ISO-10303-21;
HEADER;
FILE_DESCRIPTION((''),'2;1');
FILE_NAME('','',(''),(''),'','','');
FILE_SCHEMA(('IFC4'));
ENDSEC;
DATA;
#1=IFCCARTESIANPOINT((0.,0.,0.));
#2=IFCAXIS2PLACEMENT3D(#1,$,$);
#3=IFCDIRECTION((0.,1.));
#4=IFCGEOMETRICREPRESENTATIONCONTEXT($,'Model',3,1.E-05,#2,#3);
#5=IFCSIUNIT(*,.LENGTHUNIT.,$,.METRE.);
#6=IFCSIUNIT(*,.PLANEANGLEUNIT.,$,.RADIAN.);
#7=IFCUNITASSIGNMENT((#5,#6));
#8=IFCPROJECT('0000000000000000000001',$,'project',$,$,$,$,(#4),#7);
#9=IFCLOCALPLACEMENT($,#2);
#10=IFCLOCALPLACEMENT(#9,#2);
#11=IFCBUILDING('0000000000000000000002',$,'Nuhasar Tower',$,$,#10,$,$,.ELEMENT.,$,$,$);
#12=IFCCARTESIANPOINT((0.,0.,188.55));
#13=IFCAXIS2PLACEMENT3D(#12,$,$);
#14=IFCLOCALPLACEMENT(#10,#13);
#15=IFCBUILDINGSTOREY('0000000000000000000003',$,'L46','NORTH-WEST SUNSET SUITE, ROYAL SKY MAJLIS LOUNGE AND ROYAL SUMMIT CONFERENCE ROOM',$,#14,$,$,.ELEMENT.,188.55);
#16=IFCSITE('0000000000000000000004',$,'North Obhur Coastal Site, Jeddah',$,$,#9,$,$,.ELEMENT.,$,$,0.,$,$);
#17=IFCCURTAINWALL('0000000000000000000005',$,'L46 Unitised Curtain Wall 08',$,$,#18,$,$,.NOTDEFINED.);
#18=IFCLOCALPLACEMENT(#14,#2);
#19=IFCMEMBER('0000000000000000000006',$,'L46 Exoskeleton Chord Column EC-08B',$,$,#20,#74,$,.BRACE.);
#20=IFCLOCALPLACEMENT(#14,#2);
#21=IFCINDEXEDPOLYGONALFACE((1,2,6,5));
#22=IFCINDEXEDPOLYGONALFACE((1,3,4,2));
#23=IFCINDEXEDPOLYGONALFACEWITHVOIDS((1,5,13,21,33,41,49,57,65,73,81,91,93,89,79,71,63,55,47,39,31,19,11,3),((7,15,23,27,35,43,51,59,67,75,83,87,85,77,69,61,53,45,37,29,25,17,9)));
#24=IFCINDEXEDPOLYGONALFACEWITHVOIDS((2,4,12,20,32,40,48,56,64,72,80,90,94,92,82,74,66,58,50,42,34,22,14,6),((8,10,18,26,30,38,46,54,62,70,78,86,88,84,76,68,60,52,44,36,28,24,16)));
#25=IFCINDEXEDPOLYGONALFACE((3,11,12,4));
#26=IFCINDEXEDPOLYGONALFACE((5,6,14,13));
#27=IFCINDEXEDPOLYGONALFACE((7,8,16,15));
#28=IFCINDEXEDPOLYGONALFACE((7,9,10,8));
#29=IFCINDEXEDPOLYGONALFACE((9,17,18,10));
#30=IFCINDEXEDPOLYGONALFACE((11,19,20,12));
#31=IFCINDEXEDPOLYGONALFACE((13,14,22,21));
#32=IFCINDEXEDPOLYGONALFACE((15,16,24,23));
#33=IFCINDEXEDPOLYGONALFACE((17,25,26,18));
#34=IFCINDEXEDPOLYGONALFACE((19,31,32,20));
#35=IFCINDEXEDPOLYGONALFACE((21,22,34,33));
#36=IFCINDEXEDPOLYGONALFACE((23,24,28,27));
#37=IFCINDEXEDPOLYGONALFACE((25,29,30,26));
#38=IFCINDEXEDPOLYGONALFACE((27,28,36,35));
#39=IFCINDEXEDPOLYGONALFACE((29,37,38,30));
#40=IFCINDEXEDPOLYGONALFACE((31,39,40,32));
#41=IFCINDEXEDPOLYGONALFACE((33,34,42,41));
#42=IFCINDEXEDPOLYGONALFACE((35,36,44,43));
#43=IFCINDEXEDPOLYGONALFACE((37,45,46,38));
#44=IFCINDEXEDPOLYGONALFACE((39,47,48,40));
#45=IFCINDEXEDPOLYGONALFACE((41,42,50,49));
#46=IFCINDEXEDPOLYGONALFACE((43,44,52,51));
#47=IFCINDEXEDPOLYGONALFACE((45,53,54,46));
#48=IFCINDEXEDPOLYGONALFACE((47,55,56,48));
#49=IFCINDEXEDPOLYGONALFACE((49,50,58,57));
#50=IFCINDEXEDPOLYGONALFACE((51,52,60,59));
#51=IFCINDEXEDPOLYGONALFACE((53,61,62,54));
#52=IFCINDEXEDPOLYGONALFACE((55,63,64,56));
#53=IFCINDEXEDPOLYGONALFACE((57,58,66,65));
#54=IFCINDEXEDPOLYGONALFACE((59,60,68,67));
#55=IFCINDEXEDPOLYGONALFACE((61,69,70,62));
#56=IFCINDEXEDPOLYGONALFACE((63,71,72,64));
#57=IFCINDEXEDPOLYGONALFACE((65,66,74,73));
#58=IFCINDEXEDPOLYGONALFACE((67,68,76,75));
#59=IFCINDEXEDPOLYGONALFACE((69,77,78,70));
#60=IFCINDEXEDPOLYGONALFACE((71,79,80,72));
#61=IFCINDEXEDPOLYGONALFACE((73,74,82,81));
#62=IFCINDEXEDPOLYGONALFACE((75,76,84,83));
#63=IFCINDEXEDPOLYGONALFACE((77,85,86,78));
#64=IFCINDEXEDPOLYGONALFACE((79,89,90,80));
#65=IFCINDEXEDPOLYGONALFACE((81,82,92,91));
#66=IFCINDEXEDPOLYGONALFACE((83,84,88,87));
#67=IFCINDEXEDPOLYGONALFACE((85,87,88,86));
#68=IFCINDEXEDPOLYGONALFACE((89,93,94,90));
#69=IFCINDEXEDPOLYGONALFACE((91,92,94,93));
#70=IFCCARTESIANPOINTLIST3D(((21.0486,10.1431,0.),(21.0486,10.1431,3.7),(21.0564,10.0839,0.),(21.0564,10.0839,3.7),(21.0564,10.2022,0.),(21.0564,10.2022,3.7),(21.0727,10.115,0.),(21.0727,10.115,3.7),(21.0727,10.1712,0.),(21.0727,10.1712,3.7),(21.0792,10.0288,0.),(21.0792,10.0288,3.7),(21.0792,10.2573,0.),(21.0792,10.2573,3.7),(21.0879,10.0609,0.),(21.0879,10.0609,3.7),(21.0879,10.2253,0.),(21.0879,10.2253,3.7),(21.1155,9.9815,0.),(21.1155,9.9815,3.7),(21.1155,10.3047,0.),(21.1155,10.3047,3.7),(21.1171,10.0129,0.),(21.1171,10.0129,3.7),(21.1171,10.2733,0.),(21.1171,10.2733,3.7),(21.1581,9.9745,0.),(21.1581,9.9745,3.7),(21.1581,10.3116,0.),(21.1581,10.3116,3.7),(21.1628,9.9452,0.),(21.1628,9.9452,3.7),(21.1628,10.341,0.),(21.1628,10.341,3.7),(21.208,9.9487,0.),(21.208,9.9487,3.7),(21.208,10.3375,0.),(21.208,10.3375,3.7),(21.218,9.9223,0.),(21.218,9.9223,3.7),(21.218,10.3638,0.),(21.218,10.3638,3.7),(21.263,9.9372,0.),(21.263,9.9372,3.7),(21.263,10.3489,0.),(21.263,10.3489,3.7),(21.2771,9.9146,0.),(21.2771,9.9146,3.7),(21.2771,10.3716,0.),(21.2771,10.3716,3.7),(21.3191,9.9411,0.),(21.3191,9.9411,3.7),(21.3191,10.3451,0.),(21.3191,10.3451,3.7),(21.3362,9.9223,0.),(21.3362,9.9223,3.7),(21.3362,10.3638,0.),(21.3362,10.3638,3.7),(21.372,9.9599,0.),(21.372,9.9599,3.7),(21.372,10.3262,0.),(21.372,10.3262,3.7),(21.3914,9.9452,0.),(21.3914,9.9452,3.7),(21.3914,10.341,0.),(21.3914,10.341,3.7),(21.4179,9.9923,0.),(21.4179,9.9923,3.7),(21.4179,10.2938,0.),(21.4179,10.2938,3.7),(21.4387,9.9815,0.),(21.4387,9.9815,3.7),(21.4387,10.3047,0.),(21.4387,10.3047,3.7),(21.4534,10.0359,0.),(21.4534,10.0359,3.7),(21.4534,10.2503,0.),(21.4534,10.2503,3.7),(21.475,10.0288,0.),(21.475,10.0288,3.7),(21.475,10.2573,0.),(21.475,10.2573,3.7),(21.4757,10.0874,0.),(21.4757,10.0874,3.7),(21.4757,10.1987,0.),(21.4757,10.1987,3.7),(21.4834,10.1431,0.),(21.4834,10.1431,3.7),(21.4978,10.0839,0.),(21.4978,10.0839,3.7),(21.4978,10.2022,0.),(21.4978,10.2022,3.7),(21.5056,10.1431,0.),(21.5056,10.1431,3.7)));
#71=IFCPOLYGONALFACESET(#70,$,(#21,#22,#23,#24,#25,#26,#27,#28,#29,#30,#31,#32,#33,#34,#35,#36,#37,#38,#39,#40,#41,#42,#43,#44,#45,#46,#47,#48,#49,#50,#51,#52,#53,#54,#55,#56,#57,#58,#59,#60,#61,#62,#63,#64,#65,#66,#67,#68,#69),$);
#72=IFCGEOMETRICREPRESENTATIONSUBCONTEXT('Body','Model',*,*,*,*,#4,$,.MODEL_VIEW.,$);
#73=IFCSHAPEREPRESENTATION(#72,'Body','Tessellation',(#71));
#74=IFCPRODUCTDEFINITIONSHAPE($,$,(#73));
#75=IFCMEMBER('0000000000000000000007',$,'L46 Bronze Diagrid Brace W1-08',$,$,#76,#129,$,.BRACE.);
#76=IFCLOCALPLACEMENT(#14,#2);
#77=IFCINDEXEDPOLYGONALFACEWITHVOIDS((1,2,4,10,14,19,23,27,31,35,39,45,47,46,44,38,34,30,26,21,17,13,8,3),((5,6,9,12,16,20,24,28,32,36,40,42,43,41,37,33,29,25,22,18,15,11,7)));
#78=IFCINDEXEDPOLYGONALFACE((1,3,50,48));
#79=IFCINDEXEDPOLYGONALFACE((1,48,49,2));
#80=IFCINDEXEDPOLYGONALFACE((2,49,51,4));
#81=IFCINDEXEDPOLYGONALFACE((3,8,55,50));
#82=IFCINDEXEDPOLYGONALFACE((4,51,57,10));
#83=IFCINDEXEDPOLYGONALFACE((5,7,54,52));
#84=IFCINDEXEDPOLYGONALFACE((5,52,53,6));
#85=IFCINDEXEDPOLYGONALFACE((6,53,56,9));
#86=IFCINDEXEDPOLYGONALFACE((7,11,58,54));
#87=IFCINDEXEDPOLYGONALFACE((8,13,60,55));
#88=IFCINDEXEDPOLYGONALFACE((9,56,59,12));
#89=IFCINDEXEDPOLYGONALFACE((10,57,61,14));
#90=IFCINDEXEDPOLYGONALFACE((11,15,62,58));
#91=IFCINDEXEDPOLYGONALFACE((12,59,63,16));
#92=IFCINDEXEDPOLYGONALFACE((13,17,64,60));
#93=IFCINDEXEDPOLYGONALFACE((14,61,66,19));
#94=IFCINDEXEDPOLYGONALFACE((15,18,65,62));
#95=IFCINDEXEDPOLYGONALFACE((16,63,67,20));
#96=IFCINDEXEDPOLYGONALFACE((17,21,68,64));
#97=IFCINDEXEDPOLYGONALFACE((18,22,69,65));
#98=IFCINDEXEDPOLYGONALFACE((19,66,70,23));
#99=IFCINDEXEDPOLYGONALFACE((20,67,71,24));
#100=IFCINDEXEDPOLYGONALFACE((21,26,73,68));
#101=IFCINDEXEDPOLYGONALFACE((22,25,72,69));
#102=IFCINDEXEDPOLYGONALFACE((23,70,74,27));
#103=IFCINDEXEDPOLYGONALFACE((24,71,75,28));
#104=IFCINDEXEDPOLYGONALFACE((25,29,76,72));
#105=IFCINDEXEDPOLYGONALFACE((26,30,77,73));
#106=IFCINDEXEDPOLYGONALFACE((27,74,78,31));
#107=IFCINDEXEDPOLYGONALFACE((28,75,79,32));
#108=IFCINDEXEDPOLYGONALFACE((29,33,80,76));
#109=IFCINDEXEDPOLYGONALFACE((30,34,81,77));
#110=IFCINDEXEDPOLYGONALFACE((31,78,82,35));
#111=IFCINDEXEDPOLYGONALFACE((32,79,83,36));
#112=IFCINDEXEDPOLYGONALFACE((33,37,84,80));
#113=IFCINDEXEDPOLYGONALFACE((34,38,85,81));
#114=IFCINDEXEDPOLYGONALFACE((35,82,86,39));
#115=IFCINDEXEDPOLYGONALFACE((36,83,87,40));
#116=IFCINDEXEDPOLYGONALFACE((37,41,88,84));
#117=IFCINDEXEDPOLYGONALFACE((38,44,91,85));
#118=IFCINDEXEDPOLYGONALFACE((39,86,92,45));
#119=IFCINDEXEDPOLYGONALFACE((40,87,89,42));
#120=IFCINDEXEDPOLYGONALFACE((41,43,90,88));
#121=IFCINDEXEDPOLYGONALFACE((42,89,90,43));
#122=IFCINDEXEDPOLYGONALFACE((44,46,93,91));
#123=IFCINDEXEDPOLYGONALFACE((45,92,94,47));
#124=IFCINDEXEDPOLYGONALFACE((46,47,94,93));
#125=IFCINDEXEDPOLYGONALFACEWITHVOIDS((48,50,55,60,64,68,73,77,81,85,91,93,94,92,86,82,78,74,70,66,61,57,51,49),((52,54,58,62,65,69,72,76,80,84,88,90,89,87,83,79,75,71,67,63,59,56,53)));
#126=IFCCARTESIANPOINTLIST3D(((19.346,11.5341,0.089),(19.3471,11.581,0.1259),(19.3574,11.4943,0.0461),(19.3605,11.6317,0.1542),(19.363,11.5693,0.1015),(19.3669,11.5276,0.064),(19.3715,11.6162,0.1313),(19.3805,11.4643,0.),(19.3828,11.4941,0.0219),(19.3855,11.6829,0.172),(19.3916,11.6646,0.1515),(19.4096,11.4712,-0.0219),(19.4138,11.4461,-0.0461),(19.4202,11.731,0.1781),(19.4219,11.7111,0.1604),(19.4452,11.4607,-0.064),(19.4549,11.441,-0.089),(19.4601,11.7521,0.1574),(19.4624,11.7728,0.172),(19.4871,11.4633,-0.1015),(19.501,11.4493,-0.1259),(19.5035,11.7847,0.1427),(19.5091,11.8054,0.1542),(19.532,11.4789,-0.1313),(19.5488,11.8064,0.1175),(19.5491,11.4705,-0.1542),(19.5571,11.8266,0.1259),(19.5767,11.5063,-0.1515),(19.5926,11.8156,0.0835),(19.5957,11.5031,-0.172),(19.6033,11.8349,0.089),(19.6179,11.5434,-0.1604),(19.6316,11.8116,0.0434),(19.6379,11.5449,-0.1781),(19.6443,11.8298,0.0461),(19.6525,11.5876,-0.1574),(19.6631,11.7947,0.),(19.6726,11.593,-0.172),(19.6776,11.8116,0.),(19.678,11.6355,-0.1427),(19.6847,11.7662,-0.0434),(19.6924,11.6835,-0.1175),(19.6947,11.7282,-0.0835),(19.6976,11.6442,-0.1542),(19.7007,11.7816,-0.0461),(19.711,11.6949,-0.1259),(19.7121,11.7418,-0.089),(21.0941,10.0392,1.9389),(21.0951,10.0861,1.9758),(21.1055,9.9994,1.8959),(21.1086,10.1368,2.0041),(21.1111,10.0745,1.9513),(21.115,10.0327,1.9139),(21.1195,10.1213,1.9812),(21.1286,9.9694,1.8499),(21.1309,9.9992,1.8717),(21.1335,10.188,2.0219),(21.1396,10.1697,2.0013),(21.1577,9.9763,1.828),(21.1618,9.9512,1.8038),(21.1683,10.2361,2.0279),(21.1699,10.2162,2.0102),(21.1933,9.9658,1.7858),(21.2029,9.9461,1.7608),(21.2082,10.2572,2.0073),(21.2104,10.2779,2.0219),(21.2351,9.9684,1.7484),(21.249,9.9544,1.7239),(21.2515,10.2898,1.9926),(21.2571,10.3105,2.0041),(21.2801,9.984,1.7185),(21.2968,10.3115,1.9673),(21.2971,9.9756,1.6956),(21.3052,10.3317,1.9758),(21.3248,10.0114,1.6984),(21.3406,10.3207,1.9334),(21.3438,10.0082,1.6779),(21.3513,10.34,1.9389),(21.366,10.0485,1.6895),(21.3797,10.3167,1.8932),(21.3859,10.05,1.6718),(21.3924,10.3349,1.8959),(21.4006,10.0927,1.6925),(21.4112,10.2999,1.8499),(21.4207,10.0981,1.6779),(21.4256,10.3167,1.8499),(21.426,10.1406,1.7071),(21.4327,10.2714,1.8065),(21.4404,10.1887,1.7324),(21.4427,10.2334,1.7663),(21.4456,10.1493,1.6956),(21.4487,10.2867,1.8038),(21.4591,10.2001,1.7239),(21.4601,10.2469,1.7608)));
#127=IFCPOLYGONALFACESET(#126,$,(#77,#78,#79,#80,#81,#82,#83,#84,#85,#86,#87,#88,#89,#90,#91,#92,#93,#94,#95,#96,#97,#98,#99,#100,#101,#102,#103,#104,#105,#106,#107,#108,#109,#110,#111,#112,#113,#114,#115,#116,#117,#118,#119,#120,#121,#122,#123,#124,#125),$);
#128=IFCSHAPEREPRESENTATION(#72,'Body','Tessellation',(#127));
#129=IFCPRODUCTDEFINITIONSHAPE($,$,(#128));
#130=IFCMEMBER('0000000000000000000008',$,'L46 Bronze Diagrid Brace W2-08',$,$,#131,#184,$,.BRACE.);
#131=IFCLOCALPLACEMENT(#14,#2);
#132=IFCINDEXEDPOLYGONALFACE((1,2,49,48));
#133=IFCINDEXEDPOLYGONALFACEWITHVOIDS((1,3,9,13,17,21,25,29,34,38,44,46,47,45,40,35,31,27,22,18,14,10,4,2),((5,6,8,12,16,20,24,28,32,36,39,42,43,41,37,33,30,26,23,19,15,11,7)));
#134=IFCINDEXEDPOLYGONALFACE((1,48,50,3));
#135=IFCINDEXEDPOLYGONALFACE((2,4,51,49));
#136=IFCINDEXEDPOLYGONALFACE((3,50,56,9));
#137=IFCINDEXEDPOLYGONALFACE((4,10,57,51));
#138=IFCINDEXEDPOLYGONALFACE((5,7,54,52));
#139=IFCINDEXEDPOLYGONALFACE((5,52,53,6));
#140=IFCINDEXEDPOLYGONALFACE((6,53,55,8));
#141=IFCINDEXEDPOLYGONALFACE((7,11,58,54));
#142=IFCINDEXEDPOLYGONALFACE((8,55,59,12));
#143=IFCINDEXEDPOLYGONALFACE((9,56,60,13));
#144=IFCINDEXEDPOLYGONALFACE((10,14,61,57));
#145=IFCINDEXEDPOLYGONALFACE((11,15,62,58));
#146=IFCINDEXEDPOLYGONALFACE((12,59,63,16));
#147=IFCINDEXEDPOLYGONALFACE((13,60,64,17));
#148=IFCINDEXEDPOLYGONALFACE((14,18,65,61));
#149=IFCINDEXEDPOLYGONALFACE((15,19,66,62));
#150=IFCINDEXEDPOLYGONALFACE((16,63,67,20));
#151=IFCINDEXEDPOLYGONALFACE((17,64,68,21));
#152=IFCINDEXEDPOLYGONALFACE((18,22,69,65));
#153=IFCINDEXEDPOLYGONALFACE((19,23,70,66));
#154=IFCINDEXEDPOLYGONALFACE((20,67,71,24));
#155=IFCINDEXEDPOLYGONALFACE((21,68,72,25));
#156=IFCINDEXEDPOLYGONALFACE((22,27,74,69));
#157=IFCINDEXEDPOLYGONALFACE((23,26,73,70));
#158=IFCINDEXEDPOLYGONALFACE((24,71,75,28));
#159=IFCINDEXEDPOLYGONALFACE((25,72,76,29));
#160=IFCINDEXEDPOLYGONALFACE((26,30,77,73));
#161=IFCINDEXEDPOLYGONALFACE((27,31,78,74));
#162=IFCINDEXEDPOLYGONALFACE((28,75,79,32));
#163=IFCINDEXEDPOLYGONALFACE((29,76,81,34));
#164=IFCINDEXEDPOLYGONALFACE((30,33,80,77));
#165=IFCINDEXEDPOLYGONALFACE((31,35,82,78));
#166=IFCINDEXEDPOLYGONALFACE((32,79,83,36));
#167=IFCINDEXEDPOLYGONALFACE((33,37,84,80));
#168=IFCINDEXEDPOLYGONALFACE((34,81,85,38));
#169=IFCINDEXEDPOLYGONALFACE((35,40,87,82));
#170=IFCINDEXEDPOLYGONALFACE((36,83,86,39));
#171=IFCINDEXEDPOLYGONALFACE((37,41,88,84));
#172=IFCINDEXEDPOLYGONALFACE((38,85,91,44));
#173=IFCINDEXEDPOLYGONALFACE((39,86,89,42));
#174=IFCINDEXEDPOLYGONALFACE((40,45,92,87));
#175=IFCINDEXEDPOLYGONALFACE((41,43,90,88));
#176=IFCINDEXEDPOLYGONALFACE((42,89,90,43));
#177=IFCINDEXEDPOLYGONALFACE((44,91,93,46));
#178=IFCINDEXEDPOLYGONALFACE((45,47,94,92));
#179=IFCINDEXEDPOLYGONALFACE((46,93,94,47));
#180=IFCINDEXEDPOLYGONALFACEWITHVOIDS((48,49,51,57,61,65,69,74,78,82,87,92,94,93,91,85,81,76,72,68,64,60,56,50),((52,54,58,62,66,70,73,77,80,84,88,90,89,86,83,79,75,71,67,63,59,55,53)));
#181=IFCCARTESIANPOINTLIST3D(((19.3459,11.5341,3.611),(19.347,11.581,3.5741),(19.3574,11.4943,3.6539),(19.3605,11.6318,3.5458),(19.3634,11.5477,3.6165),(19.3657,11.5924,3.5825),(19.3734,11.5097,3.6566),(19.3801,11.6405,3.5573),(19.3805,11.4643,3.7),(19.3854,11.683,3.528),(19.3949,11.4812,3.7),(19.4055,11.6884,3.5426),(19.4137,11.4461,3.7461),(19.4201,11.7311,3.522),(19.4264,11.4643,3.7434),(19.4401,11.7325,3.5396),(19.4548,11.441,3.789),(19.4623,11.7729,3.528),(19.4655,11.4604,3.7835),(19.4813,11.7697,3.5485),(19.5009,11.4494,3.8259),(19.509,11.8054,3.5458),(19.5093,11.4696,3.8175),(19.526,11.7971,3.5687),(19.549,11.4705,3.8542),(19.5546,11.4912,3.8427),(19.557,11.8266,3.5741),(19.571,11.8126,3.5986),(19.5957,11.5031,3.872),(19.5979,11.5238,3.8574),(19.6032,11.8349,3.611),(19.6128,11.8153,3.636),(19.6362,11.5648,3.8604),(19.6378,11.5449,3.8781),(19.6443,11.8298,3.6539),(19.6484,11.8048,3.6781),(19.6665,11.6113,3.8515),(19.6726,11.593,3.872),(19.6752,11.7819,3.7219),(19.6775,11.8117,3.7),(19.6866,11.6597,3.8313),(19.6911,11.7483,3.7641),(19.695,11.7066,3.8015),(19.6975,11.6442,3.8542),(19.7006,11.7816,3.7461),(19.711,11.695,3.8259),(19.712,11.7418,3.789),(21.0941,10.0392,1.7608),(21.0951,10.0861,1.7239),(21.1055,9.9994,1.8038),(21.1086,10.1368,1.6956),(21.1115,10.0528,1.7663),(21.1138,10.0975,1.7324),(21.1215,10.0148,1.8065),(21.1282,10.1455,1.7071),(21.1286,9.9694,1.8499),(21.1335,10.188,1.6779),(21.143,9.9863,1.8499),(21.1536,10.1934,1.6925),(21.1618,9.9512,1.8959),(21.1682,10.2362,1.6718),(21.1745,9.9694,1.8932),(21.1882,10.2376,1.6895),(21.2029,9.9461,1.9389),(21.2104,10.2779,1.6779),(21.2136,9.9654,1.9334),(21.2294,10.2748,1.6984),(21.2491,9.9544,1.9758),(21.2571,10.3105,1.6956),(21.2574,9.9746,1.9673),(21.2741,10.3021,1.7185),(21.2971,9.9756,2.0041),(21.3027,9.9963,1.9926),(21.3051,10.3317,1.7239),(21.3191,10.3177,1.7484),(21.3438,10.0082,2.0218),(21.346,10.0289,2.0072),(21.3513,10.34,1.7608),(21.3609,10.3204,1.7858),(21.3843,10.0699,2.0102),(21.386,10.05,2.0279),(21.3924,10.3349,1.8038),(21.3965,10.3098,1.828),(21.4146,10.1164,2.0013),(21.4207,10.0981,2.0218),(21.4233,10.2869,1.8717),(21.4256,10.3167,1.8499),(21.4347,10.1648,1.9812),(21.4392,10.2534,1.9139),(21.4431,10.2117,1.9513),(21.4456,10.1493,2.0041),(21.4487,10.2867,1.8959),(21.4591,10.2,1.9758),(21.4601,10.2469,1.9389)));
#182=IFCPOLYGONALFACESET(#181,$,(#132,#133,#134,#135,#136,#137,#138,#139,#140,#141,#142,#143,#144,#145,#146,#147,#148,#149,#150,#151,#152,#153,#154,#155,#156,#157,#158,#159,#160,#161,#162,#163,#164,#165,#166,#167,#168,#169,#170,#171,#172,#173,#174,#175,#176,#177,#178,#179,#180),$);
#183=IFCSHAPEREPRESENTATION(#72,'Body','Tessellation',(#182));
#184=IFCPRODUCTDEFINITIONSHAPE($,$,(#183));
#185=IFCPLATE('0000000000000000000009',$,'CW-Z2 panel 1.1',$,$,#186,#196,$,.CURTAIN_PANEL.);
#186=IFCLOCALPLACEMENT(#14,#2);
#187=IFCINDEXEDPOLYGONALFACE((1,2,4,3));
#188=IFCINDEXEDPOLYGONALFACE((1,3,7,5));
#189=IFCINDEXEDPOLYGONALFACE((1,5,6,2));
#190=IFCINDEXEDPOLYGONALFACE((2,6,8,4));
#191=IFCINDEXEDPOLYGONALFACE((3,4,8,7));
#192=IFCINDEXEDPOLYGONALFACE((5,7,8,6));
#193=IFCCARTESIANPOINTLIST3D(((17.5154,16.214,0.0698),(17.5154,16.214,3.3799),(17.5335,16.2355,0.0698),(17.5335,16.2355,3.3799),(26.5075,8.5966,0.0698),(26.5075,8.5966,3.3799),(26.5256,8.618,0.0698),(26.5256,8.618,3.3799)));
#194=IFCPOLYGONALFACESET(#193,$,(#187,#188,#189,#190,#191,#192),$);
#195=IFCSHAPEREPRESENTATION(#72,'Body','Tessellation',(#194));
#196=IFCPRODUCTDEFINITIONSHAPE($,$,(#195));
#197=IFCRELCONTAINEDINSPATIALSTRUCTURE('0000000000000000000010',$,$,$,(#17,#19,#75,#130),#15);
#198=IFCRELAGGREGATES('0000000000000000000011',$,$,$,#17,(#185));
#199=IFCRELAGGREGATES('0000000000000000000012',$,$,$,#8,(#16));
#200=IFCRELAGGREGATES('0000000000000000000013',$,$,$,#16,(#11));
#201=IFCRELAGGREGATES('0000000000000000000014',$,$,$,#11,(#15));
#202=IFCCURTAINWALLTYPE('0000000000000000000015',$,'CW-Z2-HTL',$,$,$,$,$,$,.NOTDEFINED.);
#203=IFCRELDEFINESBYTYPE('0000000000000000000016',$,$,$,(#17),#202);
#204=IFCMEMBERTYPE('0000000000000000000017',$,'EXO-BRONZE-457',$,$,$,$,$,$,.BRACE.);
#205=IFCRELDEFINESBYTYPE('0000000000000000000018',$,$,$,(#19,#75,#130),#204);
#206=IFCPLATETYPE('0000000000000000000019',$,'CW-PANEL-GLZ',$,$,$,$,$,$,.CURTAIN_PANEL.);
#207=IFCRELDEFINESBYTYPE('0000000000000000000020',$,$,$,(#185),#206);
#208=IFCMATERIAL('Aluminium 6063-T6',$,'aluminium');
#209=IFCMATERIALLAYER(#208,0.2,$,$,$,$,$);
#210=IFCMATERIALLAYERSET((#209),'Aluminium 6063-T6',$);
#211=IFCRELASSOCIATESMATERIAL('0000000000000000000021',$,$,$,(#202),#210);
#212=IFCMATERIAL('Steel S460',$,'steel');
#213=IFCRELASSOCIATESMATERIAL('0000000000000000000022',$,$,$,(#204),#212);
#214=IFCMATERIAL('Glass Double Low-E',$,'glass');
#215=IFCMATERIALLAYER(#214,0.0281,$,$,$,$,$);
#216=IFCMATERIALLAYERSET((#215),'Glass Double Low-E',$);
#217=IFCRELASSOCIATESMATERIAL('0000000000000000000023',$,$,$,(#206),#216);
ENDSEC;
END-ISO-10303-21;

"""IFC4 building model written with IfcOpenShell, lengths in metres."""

from ifc_helpers import new_model, si_unit, direction, frame, origin, origin_2d, place, context, subcontext, project, spatial, rectangle, hollow_circle, extrude, material, layer, layer_set, material_profile, profile_set, type_object, element, aggregate, save


model = new_model("IFC4")

# Units and contexts
model_context = context("Model", 3, precision=1e-05, world=origin(), true_north=direction((0.0, 1.0)))
body_context = subcontext(model_context, "Body", "Model", "MODEL_VIEW")
ifc_project = project(units=[si_unit("LENGTHUNIT", "METRE"), si_unit("PLANEANGLEUNIT", "RADIAN")], contexts=[model_context])

# Site, building, storey
site_placement = place(None, origin())
site = spatial("IfcSite", under=ifc_project, at=site_placement, Name="North Obhur Coastal Site, Jeddah", CompositionType="ELEMENT", RefElevation=0.0)
building_placement = place(site_placement, origin())
building = spatial("IfcBuilding", under=site, at=building_placement, Name="Nuhasar Tower", CompositionType="ELEMENT")
storey_placement = place(building_placement, frame((0.0, 0.0, 188.55)))
storey = spatial("IfcBuildingStorey", under=building, at=storey_placement, Name="L46", Description="NORTH-WEST SUNSET SUITE, ROYAL SKY MAJLIS LOUNGE AND ROYAL SUMMIT CONFERENCE ROOM", CompositionType="ELEMENT", Elevation=188.55)

# Curtain wall
ifc_material_1 = material(Name="Aluminium 6063-T6", Category="aluminium")
ifc_layer_1 = layer(ifc_material_1, 0.2)
ifc_layer_set_1 = layer_set([ifc_layer_1], Name="Aluminium 6063-T6")
curtain_wall_type = type_object("IfcCurtainWallType", Name="CW-Z2-HTL", PredefinedType="NOTDEFINED", material=ifc_layer_set_1)
curtain_wall_1_placement = place(storey_placement, origin())
curtain_wall_1 = element("IfcCurtainWall", 1, at=curtain_wall_1_placement, inside=storey, type_object=curtain_wall_type, Name="L46 Unitised Curtain Wall 08", PredefinedType="NOTDEFINED")

# Members
ifc_material_2 = material(Name="Steel S460", Category="steel")
ifc_material_profile_1 = material_profile(ifc_material_2, hollow_circle(Radius=0.2285, WallThickness=0.0222, at=origin_2d()), Name="HSS457X22.2")
ifc_profile_set_1 = profile_set([ifc_material_profile_1], Name="Steel S460")
member_type_1 = type_object("IfcMemberType", Name="EXO-BRONZE-457", PredefinedType="BRACE", material=ifc_profile_set_1)
for number, where, z_axis, x_axis, name in (
    (2, (21.2771, 10.1431, 0.0), (0.0, 0.0, 1.0), (1.0, 0.0, 0.0), "L46 Exoskeleton Chord Column EC-08B"),
):
    element("IfcMember", number, at=place(storey_placement, frame(where, z_axis=z_axis, x_axis=x_axis)), inside=storey, type_object=member_type_1, Name=name, PredefinedType="BRACE", context=body_context, shape_type="SweptSolid", body=[
        extrude(hollow_circle(Radius=0.2285, WallThickness=0.0222, at=origin_2d()), origin(), (0.0, 0.0, 1.0), 3.7),
    ])
member_1_placement = place(storey_placement, frame((19.5291, 11.6379, 0.0), z_axis=(0.592226, -0.506452, 0.626717), x_axis=(0.649926, 0.759998, 0.0)))
element("IfcMember", 3, at=member_1_placement, inside=storey, type_object=member_type_1, Name="L46 Bronze Diagrid Brace W1-08", PredefinedType="BRACE", context=body_context, shape_type="SweptSolid", body=[
    extrude(hollow_circle(Radius=0.2285, WallThickness=0.0222, at=origin_2d()), origin(), (0.0, 0.0, 1.0), 2.9517),
])
member_2_placement = place(storey_placement, frame((21.2771, 10.1431, 1.8499), z_axis=(-0.592195, 0.506426, 0.626767), x_axis=(-0.649926, -0.759998, 0.0)))
element("IfcMember", 4, at=member_2_placement, inside=storey, type_object=member_type_1, Name="L46 Bronze Diagrid Brace W2-08", PredefinedType="BRACE", context=body_context, shape_type="SweptSolid", body=[
    extrude(hollow_circle(Radius=0.2285, WallThickness=0.0222, at=origin_2d()), origin(), (0.0, 0.0, 1.0), 2.9519),
])

# Plate
ifc_material_3 = material(Name="Glass Double Low-E", Category="glass")
ifc_layer_2 = layer(ifc_material_3, 0.0281)
ifc_layer_set_2 = layer_set([ifc_layer_2], Name="Glass Double Low-E")
plate_type = type_object("IfcPlateType", Name="CW-PANEL-GLZ", PredefinedType="CURTAIN_PANEL", material=ifc_layer_set_2)
plate_placement = place(storey_placement, frame((22.0205, 12.416, 0.0698), z_axis=(0.0, 0.0, 1.0), x_axis=(0.76302, -0.646374, 0.0)))
plate = element("IfcPlate", 5, at=plate_placement, type_object=plate_type, Name="CW-Z2 panel 1.1", PredefinedType="CURTAIN_PANEL", context=body_context, shape_type="SweptSolid", body=[
    extrude(rectangle(XDim=11.7849, YDim=0.0281, at=origin_2d()), origin(), (0.0, 0.0, 1.0), 3.3101),
])
aggregate(curtain_wall_1, [plate])

save(model, "model.ifc")
